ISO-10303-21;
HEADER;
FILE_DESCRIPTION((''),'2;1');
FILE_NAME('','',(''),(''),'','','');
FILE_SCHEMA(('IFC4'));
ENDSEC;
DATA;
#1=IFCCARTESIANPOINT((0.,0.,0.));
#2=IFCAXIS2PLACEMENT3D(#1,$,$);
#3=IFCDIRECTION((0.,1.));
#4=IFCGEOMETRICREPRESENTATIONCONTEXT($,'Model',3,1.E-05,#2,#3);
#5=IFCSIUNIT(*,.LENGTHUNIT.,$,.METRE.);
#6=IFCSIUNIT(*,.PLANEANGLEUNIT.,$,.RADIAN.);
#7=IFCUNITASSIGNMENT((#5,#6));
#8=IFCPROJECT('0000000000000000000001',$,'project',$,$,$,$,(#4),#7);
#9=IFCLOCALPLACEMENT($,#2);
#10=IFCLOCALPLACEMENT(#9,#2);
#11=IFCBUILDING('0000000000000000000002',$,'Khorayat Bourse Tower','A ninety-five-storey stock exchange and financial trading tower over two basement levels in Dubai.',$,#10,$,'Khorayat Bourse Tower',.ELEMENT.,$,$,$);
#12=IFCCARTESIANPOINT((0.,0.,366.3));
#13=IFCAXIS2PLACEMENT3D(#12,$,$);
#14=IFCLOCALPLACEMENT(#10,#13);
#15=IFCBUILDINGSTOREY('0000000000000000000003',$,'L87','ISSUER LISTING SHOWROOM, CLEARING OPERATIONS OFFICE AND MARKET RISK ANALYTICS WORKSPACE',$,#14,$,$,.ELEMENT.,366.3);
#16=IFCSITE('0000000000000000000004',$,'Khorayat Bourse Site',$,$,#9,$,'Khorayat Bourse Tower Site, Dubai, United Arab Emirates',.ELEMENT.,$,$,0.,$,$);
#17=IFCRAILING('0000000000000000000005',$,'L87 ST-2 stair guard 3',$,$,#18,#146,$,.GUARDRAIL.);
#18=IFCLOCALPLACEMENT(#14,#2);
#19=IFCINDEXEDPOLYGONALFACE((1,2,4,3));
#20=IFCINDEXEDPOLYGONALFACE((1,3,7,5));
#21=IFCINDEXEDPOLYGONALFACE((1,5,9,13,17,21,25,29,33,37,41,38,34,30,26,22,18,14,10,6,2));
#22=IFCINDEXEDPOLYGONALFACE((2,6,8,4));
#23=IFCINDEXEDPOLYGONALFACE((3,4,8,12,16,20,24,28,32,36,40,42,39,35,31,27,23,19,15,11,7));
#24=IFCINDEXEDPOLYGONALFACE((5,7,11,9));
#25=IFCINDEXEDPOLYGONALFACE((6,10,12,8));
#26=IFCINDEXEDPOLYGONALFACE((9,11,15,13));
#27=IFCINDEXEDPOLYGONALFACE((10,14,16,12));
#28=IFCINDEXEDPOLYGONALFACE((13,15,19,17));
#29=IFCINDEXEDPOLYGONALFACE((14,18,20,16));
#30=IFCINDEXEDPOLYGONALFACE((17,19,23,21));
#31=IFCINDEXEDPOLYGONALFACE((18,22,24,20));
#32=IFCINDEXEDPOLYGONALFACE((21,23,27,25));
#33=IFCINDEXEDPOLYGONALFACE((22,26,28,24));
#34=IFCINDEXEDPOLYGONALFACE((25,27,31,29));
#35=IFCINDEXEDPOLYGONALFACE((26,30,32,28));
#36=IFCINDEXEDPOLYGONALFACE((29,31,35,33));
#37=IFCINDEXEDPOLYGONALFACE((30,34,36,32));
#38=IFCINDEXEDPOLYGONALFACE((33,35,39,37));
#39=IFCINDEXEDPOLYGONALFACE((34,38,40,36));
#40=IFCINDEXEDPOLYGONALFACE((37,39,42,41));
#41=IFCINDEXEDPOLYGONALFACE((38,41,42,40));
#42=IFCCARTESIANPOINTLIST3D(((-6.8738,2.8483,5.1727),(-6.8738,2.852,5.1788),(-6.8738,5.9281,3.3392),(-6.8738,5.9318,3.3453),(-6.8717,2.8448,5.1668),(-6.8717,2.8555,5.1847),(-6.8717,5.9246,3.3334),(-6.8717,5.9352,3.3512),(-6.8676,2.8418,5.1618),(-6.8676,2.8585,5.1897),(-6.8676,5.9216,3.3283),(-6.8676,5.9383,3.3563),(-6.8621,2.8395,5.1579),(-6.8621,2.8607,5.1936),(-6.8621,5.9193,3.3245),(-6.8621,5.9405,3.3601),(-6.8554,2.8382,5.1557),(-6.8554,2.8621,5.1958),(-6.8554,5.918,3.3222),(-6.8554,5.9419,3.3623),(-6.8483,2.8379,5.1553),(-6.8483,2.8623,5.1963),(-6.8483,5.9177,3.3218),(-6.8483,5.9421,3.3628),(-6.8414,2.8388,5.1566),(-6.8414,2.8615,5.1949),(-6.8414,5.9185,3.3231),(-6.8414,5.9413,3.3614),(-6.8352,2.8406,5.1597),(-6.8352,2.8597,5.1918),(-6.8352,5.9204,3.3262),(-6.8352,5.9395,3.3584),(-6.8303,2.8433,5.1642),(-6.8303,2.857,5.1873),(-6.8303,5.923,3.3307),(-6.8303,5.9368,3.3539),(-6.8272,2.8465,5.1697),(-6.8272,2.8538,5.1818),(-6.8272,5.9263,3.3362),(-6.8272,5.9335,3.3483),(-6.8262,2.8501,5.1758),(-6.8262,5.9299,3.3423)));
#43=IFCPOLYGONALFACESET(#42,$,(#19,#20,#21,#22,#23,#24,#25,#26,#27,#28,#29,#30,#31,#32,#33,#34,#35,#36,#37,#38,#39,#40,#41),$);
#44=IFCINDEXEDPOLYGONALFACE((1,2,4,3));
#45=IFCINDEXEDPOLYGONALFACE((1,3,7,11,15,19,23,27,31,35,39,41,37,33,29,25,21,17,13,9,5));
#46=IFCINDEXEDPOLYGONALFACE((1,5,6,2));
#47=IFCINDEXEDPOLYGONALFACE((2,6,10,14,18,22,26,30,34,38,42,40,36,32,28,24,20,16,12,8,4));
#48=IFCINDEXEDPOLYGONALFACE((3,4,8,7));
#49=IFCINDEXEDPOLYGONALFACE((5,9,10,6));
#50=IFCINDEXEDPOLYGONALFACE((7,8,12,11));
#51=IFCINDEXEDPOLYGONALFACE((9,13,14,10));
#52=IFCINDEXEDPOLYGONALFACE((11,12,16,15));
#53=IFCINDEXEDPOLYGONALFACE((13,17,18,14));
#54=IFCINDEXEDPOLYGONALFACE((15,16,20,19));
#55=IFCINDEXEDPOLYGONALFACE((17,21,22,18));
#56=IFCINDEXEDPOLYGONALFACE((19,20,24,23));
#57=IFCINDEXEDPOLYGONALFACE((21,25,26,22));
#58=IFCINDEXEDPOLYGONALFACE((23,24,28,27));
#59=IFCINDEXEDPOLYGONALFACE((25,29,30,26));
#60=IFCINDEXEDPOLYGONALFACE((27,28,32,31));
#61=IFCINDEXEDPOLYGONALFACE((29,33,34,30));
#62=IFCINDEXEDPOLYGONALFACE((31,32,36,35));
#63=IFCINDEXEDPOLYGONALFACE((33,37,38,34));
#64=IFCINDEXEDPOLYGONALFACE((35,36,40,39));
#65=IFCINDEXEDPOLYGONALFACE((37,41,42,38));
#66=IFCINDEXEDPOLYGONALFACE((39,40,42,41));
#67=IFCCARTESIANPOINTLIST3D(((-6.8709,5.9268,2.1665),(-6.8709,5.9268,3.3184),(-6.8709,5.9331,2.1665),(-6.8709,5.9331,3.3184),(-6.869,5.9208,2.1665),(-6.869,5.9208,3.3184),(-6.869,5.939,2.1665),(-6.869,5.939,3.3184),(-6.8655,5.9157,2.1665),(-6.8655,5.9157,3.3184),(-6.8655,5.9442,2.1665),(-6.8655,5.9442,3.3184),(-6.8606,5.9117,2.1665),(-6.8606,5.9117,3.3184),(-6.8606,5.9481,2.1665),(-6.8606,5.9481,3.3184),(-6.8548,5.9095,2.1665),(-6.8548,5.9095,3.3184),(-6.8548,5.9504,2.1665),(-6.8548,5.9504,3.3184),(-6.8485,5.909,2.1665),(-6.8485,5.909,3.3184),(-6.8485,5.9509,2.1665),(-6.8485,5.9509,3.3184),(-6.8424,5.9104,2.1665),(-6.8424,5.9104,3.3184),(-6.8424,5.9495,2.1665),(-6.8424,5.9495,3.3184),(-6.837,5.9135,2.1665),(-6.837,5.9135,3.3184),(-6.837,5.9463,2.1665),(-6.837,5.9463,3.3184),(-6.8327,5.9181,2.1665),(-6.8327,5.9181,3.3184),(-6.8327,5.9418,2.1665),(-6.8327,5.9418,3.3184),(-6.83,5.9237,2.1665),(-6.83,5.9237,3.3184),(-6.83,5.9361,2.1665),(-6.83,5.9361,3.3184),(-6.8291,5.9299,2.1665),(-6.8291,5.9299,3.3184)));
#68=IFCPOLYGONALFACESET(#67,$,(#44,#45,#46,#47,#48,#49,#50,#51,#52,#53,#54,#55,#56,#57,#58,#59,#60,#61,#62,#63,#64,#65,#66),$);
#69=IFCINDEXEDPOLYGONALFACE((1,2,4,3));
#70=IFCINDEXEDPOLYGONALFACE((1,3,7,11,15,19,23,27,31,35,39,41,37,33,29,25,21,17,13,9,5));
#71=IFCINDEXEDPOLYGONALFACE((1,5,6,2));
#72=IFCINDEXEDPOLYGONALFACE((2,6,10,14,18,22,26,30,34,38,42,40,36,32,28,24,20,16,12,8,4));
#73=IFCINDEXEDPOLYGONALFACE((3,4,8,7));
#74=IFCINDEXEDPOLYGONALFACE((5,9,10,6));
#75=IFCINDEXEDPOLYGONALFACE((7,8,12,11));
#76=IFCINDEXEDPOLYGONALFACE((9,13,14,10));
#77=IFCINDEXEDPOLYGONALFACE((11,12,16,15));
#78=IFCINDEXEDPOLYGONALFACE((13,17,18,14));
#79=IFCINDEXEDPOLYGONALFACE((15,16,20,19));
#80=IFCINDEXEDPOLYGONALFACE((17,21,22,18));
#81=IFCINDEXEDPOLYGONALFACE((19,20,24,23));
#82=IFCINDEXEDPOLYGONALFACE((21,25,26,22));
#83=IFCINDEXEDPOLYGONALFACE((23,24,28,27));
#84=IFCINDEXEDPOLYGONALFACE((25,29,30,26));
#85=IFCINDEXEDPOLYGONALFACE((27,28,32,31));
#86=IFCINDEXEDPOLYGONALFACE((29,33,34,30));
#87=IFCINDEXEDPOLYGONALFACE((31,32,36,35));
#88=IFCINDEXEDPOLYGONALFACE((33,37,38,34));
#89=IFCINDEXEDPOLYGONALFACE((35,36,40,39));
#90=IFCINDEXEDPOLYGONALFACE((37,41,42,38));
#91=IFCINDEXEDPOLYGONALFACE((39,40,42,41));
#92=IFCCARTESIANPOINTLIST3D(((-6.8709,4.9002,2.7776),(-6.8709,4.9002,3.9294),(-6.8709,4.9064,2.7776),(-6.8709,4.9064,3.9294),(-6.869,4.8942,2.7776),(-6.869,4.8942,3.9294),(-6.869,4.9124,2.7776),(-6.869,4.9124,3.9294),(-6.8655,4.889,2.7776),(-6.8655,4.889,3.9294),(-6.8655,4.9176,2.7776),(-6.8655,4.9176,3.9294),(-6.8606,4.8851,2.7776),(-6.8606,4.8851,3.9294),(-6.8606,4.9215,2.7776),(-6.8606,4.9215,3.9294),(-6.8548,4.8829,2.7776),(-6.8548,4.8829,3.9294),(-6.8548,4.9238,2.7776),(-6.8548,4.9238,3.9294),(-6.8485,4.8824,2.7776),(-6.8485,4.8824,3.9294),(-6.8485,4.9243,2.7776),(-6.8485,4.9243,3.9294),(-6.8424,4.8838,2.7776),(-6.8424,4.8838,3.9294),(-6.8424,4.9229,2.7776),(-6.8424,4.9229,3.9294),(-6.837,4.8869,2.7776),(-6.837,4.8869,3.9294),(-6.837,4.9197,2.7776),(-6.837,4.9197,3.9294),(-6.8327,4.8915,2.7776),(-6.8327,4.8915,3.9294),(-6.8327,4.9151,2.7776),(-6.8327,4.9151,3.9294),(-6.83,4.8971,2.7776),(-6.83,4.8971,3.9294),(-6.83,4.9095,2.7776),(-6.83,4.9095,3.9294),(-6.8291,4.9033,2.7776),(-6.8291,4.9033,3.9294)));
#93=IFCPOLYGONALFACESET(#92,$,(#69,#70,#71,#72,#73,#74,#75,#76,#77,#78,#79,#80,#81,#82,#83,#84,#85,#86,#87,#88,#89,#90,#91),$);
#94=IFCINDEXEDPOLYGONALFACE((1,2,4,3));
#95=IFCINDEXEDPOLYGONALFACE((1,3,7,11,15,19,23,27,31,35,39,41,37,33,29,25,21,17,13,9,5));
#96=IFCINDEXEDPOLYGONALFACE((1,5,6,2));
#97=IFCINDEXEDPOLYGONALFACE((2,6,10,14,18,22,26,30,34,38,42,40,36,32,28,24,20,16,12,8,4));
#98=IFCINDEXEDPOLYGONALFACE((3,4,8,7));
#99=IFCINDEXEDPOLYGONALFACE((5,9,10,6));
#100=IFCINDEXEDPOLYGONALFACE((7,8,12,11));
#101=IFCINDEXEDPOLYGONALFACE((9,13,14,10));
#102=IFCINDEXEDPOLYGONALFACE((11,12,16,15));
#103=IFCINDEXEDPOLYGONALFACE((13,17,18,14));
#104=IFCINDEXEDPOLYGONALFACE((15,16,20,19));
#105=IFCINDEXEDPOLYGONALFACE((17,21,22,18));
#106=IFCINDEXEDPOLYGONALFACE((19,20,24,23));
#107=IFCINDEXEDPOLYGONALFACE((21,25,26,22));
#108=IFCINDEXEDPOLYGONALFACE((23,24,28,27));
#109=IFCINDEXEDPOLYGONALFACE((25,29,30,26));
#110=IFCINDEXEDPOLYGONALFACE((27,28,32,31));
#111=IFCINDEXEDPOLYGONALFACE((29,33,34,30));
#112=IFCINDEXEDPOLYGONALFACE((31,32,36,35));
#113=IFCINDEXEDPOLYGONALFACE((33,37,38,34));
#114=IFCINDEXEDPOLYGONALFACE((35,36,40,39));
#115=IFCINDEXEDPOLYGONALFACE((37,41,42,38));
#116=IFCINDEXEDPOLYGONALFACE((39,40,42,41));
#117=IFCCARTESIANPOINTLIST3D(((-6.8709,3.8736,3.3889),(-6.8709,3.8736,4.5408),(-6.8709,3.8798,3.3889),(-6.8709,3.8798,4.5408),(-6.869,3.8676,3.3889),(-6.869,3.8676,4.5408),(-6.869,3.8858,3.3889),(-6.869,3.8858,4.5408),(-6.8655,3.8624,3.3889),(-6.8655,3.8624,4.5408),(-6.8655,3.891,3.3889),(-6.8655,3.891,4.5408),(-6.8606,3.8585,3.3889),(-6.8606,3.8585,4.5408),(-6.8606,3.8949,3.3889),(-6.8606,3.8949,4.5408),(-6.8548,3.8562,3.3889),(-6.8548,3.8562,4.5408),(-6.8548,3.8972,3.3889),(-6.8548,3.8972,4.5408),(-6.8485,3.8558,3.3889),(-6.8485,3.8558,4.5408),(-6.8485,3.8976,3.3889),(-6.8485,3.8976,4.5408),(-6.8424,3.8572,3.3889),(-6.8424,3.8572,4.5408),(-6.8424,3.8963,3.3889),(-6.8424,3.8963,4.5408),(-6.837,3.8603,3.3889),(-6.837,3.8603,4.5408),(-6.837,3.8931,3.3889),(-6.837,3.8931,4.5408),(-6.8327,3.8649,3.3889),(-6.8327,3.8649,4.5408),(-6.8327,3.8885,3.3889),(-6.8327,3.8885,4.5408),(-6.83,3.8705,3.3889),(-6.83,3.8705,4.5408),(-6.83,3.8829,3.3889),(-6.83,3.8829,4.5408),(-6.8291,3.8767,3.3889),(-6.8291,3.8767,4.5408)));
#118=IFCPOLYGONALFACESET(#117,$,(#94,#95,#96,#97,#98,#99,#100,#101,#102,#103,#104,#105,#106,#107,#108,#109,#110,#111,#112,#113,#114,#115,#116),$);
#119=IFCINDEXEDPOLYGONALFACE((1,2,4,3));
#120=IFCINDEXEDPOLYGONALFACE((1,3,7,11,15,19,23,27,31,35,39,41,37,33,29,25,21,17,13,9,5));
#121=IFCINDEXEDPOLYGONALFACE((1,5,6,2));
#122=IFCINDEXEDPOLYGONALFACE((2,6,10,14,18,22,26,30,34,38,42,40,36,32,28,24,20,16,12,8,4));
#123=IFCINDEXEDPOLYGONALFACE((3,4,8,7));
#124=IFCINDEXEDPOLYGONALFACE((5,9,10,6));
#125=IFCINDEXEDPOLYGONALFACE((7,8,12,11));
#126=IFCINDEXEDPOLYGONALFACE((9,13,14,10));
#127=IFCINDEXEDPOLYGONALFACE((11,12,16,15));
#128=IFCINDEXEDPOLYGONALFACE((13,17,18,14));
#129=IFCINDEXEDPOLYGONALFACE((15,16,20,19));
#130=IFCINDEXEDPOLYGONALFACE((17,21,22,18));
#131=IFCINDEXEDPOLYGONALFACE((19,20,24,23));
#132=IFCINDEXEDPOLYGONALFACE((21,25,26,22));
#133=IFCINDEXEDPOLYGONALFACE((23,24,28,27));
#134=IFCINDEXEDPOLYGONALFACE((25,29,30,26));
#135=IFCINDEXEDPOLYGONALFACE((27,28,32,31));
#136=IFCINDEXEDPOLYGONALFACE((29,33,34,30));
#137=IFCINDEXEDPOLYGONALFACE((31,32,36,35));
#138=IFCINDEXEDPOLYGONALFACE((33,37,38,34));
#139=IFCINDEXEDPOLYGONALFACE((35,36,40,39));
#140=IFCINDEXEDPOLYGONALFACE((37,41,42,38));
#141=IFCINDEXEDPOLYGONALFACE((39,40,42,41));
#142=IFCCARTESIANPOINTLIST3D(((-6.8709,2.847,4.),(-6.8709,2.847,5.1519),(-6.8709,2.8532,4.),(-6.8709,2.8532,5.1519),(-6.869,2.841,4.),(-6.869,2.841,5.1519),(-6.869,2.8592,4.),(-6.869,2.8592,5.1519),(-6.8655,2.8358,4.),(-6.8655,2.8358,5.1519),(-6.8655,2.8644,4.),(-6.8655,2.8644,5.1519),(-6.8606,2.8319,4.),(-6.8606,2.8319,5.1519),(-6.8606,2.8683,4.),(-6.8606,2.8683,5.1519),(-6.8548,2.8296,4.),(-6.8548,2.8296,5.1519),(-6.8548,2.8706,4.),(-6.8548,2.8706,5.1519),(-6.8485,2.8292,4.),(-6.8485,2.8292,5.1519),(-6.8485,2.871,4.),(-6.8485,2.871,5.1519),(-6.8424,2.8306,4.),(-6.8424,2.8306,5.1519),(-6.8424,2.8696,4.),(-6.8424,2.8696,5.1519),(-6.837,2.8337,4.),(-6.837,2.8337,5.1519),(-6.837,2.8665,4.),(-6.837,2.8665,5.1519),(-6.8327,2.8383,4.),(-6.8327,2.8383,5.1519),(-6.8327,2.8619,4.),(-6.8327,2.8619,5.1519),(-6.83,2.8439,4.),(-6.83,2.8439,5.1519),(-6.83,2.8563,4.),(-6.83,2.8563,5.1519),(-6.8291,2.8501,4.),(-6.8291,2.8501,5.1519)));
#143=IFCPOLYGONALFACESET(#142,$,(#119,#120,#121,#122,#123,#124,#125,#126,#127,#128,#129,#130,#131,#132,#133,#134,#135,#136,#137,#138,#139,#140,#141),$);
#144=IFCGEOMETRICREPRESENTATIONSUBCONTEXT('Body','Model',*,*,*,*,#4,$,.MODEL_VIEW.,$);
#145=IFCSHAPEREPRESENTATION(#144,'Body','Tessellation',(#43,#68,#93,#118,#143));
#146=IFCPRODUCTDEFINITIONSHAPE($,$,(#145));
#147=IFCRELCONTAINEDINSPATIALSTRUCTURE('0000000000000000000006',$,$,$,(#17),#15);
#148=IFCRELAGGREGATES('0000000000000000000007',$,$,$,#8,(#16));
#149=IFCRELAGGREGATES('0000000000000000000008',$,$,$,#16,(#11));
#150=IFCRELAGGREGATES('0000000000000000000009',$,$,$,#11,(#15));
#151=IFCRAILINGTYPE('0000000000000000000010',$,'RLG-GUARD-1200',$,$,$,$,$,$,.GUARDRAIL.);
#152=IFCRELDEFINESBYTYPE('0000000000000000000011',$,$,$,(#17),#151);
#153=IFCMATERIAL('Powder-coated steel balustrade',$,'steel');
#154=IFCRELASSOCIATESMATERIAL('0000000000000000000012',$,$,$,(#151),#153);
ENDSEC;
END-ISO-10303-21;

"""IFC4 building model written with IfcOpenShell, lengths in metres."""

from ifc_helpers import new_model, si_unit, direction, frame, origin, origin_2d, place, context, subcontext, project, spatial, circle, extrude, source, transform, mapped, material, type_object, element, save


model = new_model("IFC4")

# Units and contexts
model_context = context("Model", 3, precision=1e-05, world=origin(), true_north=direction((0.0, 1.0)))
body_context = subcontext(model_context, "Body", "Model", "MODEL_VIEW")
ifc_project = project(units=[si_unit("LENGTHUNIT", "METRE"), si_unit("PLANEANGLEUNIT", "RADIAN")], contexts=[model_context])

# Site, building, storey
site_placement = place(None, origin())
site = spatial("IfcSite", under=ifc_project, at=site_placement, Name="Khorayat Bourse Site", LongName="Khorayat Bourse Tower Site, Dubai, United Arab Emirates", CompositionType="ELEMENT", RefElevation=0.0)
building_placement = place(site_placement, origin())
building = spatial("IfcBuilding", under=site, at=building_placement, Name="Khorayat Bourse Tower", Description="A ninety-five-storey stock exchange and financial trading tower over two basement levels in Dubai.", LongName="Khorayat Bourse Tower", CompositionType="ELEMENT")
storey_placement = place(building_placement, frame((0.0, 0.0, 366.3)))
storey = spatial("IfcBuildingStorey", under=building, at=storey_placement, Name="L87", Description="ISSUER LISTING SHOWROOM, CLEARING OPERATIONS OFFICE AND MARKET RISK ANALYTICS WORKSPACE", CompositionType="ELEMENT", Elevation=366.3)

# Railing
ifc_material_1 = material(Name="Powder-coated steel balustrade", Category="steel")
railing_type_1 = type_object("IfcRailingType", Name="RLG-GUARD-1200", PredefinedType="GUARDRAIL", material=ifc_material_1)
shared_shape_1 = source(origin(), body_context, "Body", "SweptSolid", [
    extrude(circle(Radius=0.0239, at=origin_2d()), frame((0.0, 0.0, 1.1758), z_axis=(0.0, -0.859261, 0.511538), x_axis=(1.0, 0.0, 0.0)), (0.0, 0.0, 1.0), 3.5842),
    extrude(circle(Radius=0.021, at=origin_2d()), origin(), (0.0, 0.0, 1.0), 1.1519),
    extrude(circle(Radius=0.021, at=origin_2d()), frame((0.0, -1.0266, 0.6111)), (0.0, 0.0, 1.0), 1.1519),
    extrude(circle(Radius=0.021, at=origin_2d()), frame((0.0, -2.0532, 1.2224)), (0.0, 0.0, 1.0), 1.1519),
    extrude(circle(Radius=0.021, at=origin_2d()), frame((0.0, -3.0798, 1.8335)), (0.0, 0.0, 1.0), 1.1519),
])
railing_1_placement = place(storey_placement, frame((-6.8501, 5.9299, 2.1665)))
element("IfcRailing", 1, at=railing_1_placement, inside=storey, type_object=railing_type_1, Name="L87 ST-2 stair guard 3", PredefinedType="GUARDRAIL", context=body_context, shape_type="MappedRepresentation", body=[
    mapped(shared_shape_1, transform((0.0, 0.0, 0.0), scale=1.0)),
])

save(model, "model.ifc")
